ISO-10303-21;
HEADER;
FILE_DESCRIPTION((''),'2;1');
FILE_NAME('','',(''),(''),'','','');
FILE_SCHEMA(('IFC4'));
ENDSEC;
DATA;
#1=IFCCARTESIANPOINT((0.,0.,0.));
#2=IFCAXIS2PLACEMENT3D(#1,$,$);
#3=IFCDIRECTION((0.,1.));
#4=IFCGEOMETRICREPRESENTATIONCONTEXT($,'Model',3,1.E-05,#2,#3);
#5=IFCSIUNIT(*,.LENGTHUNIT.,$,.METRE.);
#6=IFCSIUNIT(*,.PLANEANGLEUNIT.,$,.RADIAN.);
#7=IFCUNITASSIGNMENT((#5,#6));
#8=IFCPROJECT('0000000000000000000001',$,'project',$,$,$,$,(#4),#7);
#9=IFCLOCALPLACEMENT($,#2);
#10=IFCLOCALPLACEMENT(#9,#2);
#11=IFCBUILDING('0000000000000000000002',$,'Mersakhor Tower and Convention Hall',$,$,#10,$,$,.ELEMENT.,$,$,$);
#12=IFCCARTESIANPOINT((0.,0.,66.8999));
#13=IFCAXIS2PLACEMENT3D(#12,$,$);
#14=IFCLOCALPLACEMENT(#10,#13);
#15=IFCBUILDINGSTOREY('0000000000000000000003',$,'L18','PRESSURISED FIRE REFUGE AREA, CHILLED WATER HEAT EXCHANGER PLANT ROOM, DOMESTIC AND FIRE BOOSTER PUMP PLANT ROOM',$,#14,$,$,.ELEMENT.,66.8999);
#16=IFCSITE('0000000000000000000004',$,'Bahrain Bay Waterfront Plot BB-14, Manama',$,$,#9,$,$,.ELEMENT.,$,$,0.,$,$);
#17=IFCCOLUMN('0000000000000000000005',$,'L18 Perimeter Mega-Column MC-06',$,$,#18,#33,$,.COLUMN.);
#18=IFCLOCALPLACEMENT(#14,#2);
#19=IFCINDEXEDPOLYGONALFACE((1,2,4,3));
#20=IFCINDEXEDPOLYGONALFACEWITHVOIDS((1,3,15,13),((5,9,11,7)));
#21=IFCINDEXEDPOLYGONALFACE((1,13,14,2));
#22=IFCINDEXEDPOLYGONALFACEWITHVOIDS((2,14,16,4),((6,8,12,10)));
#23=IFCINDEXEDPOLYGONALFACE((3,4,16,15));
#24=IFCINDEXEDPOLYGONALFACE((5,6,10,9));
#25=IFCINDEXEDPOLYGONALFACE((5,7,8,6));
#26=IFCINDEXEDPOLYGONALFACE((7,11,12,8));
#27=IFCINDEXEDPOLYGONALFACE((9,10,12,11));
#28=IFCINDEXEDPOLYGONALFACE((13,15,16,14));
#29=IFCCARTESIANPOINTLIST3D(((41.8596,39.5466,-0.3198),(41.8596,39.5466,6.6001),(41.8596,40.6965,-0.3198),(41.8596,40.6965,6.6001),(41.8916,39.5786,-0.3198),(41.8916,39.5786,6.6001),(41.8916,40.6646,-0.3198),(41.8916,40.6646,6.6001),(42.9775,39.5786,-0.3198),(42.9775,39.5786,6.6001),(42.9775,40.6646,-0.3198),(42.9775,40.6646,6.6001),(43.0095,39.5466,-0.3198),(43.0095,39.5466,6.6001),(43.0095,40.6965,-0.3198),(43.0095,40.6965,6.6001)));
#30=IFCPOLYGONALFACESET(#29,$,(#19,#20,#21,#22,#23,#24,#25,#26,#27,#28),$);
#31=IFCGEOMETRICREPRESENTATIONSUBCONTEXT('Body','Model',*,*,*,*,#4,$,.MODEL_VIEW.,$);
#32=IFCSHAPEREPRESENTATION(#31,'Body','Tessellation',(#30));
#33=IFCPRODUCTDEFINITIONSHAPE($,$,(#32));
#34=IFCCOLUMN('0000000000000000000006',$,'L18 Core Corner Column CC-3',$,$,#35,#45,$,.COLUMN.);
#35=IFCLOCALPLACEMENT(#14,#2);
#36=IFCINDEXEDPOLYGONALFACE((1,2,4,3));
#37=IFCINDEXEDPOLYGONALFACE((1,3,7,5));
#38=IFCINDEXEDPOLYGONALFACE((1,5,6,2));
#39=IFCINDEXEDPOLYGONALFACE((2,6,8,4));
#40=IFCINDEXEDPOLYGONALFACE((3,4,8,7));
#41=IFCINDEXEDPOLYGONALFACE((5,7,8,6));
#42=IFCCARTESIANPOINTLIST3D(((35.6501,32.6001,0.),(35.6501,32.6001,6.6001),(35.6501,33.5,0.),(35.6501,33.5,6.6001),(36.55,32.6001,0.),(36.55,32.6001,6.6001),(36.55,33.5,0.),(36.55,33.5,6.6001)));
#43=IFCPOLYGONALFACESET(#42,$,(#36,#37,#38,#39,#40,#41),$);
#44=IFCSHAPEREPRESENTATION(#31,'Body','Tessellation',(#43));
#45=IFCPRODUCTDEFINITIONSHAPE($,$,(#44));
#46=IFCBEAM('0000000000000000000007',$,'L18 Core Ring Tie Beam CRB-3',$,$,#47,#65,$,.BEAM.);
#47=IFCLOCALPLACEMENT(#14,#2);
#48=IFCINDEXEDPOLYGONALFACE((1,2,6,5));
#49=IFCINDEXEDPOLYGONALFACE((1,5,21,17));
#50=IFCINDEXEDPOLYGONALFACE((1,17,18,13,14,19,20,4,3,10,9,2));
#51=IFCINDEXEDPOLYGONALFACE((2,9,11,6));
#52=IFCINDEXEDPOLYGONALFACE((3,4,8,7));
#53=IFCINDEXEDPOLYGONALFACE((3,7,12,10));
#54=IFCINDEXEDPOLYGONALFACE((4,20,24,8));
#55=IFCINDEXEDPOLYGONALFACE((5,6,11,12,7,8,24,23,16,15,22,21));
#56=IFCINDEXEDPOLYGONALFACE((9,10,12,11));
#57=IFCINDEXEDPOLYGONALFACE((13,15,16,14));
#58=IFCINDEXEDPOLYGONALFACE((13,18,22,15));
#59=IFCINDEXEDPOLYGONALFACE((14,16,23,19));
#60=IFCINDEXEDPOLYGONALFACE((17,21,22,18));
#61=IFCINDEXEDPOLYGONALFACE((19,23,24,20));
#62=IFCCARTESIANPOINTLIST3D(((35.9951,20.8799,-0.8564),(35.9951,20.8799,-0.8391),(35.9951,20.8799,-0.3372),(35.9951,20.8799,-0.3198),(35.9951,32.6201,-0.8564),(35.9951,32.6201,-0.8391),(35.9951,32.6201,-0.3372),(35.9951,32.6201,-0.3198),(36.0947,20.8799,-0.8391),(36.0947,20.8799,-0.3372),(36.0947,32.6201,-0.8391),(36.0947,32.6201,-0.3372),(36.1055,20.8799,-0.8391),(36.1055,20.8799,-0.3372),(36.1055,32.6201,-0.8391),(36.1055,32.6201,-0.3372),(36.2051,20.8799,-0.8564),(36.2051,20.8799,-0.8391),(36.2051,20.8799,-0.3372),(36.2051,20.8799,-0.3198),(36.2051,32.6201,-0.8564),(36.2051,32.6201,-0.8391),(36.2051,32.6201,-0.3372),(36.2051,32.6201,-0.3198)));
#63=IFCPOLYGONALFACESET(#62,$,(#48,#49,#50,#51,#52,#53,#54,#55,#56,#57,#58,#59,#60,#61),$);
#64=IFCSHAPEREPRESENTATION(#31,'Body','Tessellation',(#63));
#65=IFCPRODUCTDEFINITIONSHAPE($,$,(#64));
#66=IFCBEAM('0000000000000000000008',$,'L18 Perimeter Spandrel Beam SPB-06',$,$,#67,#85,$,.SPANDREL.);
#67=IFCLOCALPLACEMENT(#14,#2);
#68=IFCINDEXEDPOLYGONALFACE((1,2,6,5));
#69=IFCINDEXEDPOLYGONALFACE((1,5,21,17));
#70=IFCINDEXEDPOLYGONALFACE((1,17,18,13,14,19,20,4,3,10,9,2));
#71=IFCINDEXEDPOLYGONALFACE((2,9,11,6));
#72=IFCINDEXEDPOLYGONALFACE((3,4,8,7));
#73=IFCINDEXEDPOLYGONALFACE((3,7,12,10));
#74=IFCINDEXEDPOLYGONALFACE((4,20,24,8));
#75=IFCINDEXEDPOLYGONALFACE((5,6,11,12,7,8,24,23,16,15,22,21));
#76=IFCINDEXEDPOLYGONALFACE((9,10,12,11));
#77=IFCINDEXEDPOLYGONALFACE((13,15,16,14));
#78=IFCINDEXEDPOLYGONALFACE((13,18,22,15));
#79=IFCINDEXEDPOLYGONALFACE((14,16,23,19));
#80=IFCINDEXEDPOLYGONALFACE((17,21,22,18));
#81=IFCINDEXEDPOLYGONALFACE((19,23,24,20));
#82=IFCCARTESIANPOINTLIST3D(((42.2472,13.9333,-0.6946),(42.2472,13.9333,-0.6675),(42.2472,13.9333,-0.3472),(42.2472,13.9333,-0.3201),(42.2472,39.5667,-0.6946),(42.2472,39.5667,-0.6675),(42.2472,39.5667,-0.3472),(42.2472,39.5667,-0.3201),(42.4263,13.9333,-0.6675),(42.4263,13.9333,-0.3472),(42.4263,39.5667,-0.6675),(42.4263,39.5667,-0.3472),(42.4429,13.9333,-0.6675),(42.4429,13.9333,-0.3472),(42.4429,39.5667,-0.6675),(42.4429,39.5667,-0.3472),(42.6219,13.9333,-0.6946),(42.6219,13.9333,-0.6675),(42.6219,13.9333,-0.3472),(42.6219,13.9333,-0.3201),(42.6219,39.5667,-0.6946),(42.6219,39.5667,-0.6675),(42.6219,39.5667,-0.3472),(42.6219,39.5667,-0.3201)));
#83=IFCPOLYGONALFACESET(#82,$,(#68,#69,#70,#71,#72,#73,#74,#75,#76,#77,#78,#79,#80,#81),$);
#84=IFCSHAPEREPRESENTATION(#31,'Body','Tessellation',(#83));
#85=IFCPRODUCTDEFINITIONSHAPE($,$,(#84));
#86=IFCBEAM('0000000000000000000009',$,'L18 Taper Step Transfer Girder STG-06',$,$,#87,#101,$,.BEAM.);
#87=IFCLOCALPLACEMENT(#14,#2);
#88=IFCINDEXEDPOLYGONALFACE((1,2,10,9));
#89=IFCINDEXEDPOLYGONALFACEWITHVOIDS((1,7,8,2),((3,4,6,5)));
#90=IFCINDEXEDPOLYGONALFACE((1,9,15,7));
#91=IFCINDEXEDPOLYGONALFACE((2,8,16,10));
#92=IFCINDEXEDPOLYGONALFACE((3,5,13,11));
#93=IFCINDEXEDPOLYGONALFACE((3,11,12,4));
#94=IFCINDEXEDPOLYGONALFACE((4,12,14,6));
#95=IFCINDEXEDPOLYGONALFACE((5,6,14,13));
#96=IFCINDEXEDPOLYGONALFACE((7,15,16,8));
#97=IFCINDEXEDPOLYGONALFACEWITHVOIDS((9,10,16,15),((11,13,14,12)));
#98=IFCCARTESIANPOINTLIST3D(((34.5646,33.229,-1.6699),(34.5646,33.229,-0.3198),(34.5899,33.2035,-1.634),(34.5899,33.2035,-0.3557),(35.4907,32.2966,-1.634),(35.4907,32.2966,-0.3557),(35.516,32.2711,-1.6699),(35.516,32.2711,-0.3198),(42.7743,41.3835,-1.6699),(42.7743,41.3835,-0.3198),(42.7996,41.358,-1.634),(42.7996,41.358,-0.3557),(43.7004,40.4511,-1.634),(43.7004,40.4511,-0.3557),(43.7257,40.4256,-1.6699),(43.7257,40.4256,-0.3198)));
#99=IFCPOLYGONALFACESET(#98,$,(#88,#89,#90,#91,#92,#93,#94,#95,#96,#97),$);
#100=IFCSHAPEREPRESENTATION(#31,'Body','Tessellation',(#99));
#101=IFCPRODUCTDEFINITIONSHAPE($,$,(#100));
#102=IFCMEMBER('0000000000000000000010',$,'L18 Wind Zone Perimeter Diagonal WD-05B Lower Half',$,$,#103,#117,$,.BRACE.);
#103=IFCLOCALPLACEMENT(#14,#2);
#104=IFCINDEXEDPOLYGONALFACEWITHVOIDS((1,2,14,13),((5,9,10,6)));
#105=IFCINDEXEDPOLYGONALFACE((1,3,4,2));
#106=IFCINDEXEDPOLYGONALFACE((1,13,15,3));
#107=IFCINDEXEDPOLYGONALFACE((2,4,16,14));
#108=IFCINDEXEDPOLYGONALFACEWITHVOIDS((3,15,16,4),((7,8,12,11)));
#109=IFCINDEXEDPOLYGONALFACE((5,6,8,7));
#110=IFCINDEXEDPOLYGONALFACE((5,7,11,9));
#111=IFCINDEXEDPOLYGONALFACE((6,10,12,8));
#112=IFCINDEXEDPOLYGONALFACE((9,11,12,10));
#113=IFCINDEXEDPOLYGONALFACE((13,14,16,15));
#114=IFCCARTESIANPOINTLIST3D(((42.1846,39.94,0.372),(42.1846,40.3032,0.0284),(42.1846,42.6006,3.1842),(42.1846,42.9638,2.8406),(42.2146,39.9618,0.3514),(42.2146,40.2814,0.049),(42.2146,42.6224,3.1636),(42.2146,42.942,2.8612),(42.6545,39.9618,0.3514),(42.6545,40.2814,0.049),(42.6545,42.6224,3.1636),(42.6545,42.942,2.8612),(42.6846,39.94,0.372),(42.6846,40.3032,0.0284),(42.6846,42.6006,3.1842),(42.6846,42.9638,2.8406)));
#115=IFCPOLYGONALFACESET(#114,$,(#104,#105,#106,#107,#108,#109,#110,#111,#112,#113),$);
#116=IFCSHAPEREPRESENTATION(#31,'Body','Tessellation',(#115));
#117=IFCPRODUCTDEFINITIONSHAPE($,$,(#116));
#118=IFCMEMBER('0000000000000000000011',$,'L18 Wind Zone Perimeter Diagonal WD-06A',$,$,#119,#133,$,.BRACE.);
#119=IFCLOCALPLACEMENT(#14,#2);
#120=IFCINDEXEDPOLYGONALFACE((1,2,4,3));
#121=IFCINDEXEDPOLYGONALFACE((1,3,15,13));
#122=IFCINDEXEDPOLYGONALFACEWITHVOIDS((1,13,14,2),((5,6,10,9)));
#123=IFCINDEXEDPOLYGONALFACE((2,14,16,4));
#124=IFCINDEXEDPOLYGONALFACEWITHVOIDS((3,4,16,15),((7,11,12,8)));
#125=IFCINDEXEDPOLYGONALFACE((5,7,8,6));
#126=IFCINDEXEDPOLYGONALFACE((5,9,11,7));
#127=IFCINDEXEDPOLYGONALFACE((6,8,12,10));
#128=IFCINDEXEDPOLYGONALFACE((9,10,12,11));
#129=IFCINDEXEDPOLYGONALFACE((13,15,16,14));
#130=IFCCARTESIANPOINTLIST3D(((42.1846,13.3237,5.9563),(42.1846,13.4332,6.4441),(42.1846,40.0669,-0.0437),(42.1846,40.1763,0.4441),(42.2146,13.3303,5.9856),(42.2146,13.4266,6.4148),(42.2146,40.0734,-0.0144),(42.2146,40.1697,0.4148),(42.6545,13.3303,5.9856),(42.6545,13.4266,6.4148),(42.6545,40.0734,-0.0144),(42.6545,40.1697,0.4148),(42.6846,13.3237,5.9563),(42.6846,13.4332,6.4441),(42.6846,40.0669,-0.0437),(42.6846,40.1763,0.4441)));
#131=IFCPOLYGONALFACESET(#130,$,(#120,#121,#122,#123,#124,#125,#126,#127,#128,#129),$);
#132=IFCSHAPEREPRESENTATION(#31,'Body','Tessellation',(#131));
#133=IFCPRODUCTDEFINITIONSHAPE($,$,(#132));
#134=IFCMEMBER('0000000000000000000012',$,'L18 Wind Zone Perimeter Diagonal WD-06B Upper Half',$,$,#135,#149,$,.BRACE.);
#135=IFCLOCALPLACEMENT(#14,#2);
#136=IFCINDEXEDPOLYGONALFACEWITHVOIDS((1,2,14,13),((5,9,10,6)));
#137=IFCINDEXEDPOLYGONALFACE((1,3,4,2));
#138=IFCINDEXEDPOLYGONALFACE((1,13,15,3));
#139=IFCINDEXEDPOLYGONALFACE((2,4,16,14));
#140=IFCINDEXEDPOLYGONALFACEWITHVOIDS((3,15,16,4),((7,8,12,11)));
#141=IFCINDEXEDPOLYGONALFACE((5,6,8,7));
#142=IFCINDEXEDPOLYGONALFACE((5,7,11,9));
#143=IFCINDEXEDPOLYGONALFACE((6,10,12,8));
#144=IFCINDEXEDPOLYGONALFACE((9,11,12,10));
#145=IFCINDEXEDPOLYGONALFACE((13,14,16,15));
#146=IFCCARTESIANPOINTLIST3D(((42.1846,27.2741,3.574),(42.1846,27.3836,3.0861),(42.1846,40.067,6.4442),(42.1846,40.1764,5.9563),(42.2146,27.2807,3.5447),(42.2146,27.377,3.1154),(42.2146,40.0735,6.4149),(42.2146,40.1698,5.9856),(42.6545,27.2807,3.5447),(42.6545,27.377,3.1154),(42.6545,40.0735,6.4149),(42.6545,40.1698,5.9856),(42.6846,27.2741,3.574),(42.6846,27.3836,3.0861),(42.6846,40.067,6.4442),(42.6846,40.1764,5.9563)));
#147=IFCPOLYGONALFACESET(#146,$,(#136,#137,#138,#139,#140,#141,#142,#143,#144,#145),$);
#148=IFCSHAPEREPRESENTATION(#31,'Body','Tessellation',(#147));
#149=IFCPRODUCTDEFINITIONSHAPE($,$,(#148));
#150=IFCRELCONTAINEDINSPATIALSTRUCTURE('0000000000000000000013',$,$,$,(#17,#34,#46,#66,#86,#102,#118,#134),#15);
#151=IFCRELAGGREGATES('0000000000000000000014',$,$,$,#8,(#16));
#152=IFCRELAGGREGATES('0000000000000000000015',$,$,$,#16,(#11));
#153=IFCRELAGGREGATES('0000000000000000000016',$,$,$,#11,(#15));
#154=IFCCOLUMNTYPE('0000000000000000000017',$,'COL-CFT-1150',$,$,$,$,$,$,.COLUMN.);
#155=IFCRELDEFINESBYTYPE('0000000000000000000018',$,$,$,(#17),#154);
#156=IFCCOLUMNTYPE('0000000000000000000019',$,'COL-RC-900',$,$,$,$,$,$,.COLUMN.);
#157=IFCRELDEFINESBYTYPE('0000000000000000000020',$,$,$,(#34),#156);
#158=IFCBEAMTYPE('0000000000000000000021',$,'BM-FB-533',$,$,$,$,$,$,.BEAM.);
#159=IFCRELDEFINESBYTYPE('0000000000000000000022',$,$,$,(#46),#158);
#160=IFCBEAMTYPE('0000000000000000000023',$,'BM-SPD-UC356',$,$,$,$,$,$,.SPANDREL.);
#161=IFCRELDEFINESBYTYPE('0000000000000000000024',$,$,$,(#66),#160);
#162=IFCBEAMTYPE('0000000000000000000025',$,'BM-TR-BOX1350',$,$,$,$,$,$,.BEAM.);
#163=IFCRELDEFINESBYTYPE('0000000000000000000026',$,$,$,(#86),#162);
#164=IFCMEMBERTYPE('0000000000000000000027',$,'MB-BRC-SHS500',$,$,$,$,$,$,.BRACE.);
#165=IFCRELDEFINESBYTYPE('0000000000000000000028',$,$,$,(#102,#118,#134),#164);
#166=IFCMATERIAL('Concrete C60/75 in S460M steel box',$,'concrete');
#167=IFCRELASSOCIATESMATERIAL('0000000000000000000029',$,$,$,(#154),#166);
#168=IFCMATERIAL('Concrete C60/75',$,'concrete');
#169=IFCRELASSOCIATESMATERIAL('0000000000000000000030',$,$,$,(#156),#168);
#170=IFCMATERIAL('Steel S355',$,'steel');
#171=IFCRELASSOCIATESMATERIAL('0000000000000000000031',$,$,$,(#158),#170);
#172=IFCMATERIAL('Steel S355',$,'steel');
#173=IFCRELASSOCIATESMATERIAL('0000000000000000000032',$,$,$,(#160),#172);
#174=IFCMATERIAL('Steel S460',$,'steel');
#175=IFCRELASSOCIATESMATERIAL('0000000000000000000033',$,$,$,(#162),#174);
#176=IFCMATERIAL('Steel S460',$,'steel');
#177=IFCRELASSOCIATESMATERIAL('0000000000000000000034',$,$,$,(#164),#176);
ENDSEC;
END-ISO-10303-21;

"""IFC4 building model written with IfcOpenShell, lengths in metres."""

from ifc_helpers import new_model, si_unit, direction, frame, origin, origin_2d, place, context, subcontext, project, spatial, rectangle, hollow_rectangle, i_section, extrude, material, material_profile, profile_set, type_object, element, save


model = new_model("IFC4")

# Units and contexts
model_context = context("Model", 3, precision=1e-05, world=origin(), true_north=direction((0.0, 1.0)))
body_context = subcontext(model_context, "Body", "Model", "MODEL_VIEW")
ifc_project = project(units=[si_unit("LENGTHUNIT", "METRE"), si_unit("PLANEANGLEUNIT", "RADIAN")], contexts=[model_context])

# Site, building, storey
site_placement = place(None, origin())
site = spatial("IfcSite", under=ifc_project, at=site_placement, Name="Bahrain Bay Waterfront Plot BB-14, Manama", CompositionType="ELEMENT", RefElevation=0.0)
building_placement = place(site_placement, origin())
building = spatial("IfcBuilding", under=site, at=building_placement, Name="Mersakhor Tower and Convention Hall", CompositionType="ELEMENT")
storey_placement = place(building_placement, frame((0.0, 0.0, 66.8999)))
storey = spatial("IfcBuildingStorey", under=building, at=storey_placement, Name="L18", Description="PRESSURISED FIRE REFUGE AREA, CHILLED WATER HEAT EXCHANGER PLANT ROOM, DOMESTIC AND FIRE BOOSTER PUMP PLANT ROOM", CompositionType="ELEMENT", Elevation=66.8999)

# Columns
ifc_material_1 = material(Name="Concrete C60/75 in S460M steel box", Category="concrete")
ifc_material_profile_1 = material_profile(ifc_material_1, hollow_rectangle(XDim=1.1499, YDim=1.1499, WallThickness=0.032, at=origin_2d()), Name="SHS 1150x1150x32")
ifc_profile_set_1 = profile_set([ifc_material_profile_1], Name="Concrete C60/75 in S460M steel box")
column_type_1 = type_object("IfcColumnType", Name="COL-CFT-1150", PredefinedType="COLUMN", material=ifc_profile_set_1)
column_1_placement = place(storey_placement, frame((42.4346, 40.1216, -0.3198), z_axis=(0.0, 0.0, 1.0), x_axis=(1.0, 0.0, 0.0)))
element("IfcColumn", 1, at=column_1_placement, inside=storey, type_object=column_type_1, Name="L18 Perimeter Mega-Column MC-06", PredefinedType="COLUMN", context=body_context, shape_type="SweptSolid", body=[
    extrude(hollow_rectangle(XDim=1.1499, YDim=1.1499, WallThickness=0.032, at=origin_2d()), origin(), (0.0, 0.0, 1.0), 6.9199),
])
ifc_material_2 = material(Name="Concrete C60/75", Category="concrete")
ifc_material_profile_2 = material_profile(ifc_material_2, rectangle(XDim=0.8999, YDim=0.8999, at=origin_2d()), Name="RC 900x900")
ifc_profile_set_2 = profile_set([ifc_material_profile_2], Name="Concrete C60/75")
column_type_2 = type_object("IfcColumnType", Name="COL-RC-900", PredefinedType="COLUMN", material=ifc_profile_set_2)
column_2_placement = place(storey_placement, frame((36.1001, 33.05, 0.0), z_axis=(0.0, 0.0, 1.0), x_axis=(1.0, 0.0, 0.0)))
element("IfcColumn", 2, at=column_2_placement, inside=storey, type_object=column_type_2, Name="L18 Core Corner Column CC-3", PredefinedType="COLUMN", context=body_context, shape_type="SweptSolid", body=[
    extrude(rectangle(XDim=0.8999, YDim=0.8999, at=origin_2d()), origin(), (0.0, 0.0, 1.0), 6.6001),
])

# Beams
ifc_material_3 = material(Name="Steel S355", Category="steel")
ifc_material_profile_3 = material_profile(ifc_material_3, i_section(OverallWidth=0.21, OverallDepth=0.5366, WebThickness=0.0107, FlangeThickness=0.0173, at=origin_2d()), Name="UB 533x210x101")
ifc_profile_set_3 = profile_set([ifc_material_profile_3], Name="Steel S355")
beam_type_1 = type_object("IfcBeamType", Name="BM-FB-533", PredefinedType="BEAM", material=ifc_profile_set_3)
beam_1_placement = place(storey_placement, frame((36.1001, 32.6201, -0.5881), z_axis=(0.0, -1.0, 0.0), x_axis=(1.0, 0.0, 0.0)))
element("IfcBeam", 3, at=beam_1_placement, inside=storey, type_object=beam_type_1, Name="L18 Core Ring Tie Beam CRB-3", PredefinedType="BEAM", context=body_context, shape_type="SweptSolid", body=[
    extrude(i_section(OverallWidth=0.21, OverallDepth=0.5366, WebThickness=0.0107, FlangeThickness=0.0173, at=origin_2d()), origin(), (0.0, 0.0, 1.0), 11.7402),
])
ifc_material_4 = material(Name="Steel S355", Category="steel")
ifc_material_profile_4 = material_profile(ifc_material_4, i_section(OverallWidth=0.3748, OverallDepth=0.3745, WebThickness=0.0166, FlangeThickness=0.0271, at=origin_2d()), Name="UC 356x368x202")
ifc_profile_set_4 = profile_set([ifc_material_profile_4], Name="Steel S355")
beam_type_2 = type_object("IfcBeamType", Name="BM-SPD-UC356", PredefinedType="SPANDREL", material=ifc_profile_set_4)
beam_2_placement = place(storey_placement, frame((42.4346, 39.5667, -0.5073), z_axis=(0.0, -1.0, 0.0), x_axis=(1.0, 0.0, 0.0)))
element("IfcBeam", 4, at=beam_2_placement, inside=storey, type_object=beam_type_2, Name="L18 Perimeter Spandrel Beam SPB-06", PredefinedType="SPANDREL", context=body_context, shape_type="SweptSolid", body=[
    extrude(i_section(OverallWidth=0.3748, OverallDepth=0.3745, WebThickness=0.0166, FlangeThickness=0.0271, at=origin_2d()), origin(), (0.0, 0.0, 1.0), 25.6333),
])
ifc_material_5 = material(Name="Steel S460", Category="steel")
ifc_material_profile_5 = material_profile(ifc_material_5, hollow_rectangle(XDim=1.3501, YDim=1.3501, WallThickness=0.0359, at=origin_2d()), Name="SHS 1350x1350x36")
ifc_profile_set_5 = profile_set([ifc_material_profile_5], Name="Steel S460")
beam_type_3 = type_object("IfcBeamType", Name="BM-TR-BOX1350", PredefinedType="BEAM", material=ifc_profile_set_5)
beam_3_placement = place(storey_placement, frame((43.25, 40.9045, -0.9949), z_axis=(-0.709487, -0.704719, 0.0), x_axis=(0.704719, -0.709487, 0.0)))
element("IfcBeam", 5, at=beam_3_placement, inside=storey, type_object=beam_type_3, Name="L18 Taper Step Transfer Girder STG-06", PredefinedType="BEAM", context=body_context, shape_type="SweptSolid", body=[
    extrude(hollow_rectangle(XDim=1.3501, YDim=1.3501, WallThickness=0.0359, at=origin_2d()), origin(), (0.0, 0.0, 1.0), 11.5713),
])

# Members
ifc_material_6 = material(Name="Steel S460", Category="steel")
ifc_material_profile_6 = material_profile(ifc_material_6, hollow_rectangle(XDim=0.5, YDim=0.5, WallThickness=0.03, at=origin_2d()), Name="SHS 500x500x30")
ifc_profile_set_6 = profile_set([ifc_material_profile_6], Name="Steel S460")
member_type_1 = type_object("IfcMemberType", Name="MB-BRC-SHS500", PredefinedType="BRACE", material=ifc_profile_set_6)
member_1_placement = place(storey_placement, frame((42.4346, 40.1216, 0.2002), z_axis=(0.0, 0.687255, 0.726417), x_axis=(-1.0, 0.0, 0.0)))
element("IfcMember", 6, at=member_1_placement, inside=storey, type_object=member_type_1, Name="L18 Wind Zone Perimeter Diagonal WD-05B Lower Half", PredefinedType="BRACE", context=body_context, shape_type="SweptSolid", body=[
    extrude(hollow_rectangle(XDim=0.5, YDim=0.5, WallThickness=0.03, at=origin_2d()), origin(), (0.0, 0.0, 1.0), 3.8713),
])
member_2_placement = place(storey_placement, frame((42.4346, 40.1216, 0.2002), z_axis=(0.0, -0.975744, 0.218914), x_axis=(1.0, 0.0, 0.0)))
element("IfcMember", 7, at=member_2_placement, inside=storey, type_object=member_type_1, Name="L18 Wind Zone Perimeter Diagonal WD-06A", PredefinedType="BRACE", context=body_context, shape_type="SweptSolid", body=[
    extrude(hollow_rectangle(XDim=0.5, YDim=0.5, WallThickness=0.03, at=origin_2d()), origin(), (0.0, 0.0, 1.0), 27.408),
])
member_3_placement = place(storey_placement, frame((42.4346, 27.3289, 3.3301), z_axis=(0.0, 0.975744, 0.218914), x_axis=(-1.0, 0.0, 0.0)))
element("IfcMember", 8, at=member_3_placement, inside=storey, type_object=member_type_1, Name="L18 Wind Zone Perimeter Diagonal WD-06B Upper Half", PredefinedType="BRACE", context=body_context, shape_type="SweptSolid", body=[
    extrude(hollow_rectangle(XDim=0.5, YDim=0.5, WallThickness=0.03, at=origin_2d()), origin(), (0.0, 0.0, 1.0), 13.1108),
])

save(model, "model.ifc")
